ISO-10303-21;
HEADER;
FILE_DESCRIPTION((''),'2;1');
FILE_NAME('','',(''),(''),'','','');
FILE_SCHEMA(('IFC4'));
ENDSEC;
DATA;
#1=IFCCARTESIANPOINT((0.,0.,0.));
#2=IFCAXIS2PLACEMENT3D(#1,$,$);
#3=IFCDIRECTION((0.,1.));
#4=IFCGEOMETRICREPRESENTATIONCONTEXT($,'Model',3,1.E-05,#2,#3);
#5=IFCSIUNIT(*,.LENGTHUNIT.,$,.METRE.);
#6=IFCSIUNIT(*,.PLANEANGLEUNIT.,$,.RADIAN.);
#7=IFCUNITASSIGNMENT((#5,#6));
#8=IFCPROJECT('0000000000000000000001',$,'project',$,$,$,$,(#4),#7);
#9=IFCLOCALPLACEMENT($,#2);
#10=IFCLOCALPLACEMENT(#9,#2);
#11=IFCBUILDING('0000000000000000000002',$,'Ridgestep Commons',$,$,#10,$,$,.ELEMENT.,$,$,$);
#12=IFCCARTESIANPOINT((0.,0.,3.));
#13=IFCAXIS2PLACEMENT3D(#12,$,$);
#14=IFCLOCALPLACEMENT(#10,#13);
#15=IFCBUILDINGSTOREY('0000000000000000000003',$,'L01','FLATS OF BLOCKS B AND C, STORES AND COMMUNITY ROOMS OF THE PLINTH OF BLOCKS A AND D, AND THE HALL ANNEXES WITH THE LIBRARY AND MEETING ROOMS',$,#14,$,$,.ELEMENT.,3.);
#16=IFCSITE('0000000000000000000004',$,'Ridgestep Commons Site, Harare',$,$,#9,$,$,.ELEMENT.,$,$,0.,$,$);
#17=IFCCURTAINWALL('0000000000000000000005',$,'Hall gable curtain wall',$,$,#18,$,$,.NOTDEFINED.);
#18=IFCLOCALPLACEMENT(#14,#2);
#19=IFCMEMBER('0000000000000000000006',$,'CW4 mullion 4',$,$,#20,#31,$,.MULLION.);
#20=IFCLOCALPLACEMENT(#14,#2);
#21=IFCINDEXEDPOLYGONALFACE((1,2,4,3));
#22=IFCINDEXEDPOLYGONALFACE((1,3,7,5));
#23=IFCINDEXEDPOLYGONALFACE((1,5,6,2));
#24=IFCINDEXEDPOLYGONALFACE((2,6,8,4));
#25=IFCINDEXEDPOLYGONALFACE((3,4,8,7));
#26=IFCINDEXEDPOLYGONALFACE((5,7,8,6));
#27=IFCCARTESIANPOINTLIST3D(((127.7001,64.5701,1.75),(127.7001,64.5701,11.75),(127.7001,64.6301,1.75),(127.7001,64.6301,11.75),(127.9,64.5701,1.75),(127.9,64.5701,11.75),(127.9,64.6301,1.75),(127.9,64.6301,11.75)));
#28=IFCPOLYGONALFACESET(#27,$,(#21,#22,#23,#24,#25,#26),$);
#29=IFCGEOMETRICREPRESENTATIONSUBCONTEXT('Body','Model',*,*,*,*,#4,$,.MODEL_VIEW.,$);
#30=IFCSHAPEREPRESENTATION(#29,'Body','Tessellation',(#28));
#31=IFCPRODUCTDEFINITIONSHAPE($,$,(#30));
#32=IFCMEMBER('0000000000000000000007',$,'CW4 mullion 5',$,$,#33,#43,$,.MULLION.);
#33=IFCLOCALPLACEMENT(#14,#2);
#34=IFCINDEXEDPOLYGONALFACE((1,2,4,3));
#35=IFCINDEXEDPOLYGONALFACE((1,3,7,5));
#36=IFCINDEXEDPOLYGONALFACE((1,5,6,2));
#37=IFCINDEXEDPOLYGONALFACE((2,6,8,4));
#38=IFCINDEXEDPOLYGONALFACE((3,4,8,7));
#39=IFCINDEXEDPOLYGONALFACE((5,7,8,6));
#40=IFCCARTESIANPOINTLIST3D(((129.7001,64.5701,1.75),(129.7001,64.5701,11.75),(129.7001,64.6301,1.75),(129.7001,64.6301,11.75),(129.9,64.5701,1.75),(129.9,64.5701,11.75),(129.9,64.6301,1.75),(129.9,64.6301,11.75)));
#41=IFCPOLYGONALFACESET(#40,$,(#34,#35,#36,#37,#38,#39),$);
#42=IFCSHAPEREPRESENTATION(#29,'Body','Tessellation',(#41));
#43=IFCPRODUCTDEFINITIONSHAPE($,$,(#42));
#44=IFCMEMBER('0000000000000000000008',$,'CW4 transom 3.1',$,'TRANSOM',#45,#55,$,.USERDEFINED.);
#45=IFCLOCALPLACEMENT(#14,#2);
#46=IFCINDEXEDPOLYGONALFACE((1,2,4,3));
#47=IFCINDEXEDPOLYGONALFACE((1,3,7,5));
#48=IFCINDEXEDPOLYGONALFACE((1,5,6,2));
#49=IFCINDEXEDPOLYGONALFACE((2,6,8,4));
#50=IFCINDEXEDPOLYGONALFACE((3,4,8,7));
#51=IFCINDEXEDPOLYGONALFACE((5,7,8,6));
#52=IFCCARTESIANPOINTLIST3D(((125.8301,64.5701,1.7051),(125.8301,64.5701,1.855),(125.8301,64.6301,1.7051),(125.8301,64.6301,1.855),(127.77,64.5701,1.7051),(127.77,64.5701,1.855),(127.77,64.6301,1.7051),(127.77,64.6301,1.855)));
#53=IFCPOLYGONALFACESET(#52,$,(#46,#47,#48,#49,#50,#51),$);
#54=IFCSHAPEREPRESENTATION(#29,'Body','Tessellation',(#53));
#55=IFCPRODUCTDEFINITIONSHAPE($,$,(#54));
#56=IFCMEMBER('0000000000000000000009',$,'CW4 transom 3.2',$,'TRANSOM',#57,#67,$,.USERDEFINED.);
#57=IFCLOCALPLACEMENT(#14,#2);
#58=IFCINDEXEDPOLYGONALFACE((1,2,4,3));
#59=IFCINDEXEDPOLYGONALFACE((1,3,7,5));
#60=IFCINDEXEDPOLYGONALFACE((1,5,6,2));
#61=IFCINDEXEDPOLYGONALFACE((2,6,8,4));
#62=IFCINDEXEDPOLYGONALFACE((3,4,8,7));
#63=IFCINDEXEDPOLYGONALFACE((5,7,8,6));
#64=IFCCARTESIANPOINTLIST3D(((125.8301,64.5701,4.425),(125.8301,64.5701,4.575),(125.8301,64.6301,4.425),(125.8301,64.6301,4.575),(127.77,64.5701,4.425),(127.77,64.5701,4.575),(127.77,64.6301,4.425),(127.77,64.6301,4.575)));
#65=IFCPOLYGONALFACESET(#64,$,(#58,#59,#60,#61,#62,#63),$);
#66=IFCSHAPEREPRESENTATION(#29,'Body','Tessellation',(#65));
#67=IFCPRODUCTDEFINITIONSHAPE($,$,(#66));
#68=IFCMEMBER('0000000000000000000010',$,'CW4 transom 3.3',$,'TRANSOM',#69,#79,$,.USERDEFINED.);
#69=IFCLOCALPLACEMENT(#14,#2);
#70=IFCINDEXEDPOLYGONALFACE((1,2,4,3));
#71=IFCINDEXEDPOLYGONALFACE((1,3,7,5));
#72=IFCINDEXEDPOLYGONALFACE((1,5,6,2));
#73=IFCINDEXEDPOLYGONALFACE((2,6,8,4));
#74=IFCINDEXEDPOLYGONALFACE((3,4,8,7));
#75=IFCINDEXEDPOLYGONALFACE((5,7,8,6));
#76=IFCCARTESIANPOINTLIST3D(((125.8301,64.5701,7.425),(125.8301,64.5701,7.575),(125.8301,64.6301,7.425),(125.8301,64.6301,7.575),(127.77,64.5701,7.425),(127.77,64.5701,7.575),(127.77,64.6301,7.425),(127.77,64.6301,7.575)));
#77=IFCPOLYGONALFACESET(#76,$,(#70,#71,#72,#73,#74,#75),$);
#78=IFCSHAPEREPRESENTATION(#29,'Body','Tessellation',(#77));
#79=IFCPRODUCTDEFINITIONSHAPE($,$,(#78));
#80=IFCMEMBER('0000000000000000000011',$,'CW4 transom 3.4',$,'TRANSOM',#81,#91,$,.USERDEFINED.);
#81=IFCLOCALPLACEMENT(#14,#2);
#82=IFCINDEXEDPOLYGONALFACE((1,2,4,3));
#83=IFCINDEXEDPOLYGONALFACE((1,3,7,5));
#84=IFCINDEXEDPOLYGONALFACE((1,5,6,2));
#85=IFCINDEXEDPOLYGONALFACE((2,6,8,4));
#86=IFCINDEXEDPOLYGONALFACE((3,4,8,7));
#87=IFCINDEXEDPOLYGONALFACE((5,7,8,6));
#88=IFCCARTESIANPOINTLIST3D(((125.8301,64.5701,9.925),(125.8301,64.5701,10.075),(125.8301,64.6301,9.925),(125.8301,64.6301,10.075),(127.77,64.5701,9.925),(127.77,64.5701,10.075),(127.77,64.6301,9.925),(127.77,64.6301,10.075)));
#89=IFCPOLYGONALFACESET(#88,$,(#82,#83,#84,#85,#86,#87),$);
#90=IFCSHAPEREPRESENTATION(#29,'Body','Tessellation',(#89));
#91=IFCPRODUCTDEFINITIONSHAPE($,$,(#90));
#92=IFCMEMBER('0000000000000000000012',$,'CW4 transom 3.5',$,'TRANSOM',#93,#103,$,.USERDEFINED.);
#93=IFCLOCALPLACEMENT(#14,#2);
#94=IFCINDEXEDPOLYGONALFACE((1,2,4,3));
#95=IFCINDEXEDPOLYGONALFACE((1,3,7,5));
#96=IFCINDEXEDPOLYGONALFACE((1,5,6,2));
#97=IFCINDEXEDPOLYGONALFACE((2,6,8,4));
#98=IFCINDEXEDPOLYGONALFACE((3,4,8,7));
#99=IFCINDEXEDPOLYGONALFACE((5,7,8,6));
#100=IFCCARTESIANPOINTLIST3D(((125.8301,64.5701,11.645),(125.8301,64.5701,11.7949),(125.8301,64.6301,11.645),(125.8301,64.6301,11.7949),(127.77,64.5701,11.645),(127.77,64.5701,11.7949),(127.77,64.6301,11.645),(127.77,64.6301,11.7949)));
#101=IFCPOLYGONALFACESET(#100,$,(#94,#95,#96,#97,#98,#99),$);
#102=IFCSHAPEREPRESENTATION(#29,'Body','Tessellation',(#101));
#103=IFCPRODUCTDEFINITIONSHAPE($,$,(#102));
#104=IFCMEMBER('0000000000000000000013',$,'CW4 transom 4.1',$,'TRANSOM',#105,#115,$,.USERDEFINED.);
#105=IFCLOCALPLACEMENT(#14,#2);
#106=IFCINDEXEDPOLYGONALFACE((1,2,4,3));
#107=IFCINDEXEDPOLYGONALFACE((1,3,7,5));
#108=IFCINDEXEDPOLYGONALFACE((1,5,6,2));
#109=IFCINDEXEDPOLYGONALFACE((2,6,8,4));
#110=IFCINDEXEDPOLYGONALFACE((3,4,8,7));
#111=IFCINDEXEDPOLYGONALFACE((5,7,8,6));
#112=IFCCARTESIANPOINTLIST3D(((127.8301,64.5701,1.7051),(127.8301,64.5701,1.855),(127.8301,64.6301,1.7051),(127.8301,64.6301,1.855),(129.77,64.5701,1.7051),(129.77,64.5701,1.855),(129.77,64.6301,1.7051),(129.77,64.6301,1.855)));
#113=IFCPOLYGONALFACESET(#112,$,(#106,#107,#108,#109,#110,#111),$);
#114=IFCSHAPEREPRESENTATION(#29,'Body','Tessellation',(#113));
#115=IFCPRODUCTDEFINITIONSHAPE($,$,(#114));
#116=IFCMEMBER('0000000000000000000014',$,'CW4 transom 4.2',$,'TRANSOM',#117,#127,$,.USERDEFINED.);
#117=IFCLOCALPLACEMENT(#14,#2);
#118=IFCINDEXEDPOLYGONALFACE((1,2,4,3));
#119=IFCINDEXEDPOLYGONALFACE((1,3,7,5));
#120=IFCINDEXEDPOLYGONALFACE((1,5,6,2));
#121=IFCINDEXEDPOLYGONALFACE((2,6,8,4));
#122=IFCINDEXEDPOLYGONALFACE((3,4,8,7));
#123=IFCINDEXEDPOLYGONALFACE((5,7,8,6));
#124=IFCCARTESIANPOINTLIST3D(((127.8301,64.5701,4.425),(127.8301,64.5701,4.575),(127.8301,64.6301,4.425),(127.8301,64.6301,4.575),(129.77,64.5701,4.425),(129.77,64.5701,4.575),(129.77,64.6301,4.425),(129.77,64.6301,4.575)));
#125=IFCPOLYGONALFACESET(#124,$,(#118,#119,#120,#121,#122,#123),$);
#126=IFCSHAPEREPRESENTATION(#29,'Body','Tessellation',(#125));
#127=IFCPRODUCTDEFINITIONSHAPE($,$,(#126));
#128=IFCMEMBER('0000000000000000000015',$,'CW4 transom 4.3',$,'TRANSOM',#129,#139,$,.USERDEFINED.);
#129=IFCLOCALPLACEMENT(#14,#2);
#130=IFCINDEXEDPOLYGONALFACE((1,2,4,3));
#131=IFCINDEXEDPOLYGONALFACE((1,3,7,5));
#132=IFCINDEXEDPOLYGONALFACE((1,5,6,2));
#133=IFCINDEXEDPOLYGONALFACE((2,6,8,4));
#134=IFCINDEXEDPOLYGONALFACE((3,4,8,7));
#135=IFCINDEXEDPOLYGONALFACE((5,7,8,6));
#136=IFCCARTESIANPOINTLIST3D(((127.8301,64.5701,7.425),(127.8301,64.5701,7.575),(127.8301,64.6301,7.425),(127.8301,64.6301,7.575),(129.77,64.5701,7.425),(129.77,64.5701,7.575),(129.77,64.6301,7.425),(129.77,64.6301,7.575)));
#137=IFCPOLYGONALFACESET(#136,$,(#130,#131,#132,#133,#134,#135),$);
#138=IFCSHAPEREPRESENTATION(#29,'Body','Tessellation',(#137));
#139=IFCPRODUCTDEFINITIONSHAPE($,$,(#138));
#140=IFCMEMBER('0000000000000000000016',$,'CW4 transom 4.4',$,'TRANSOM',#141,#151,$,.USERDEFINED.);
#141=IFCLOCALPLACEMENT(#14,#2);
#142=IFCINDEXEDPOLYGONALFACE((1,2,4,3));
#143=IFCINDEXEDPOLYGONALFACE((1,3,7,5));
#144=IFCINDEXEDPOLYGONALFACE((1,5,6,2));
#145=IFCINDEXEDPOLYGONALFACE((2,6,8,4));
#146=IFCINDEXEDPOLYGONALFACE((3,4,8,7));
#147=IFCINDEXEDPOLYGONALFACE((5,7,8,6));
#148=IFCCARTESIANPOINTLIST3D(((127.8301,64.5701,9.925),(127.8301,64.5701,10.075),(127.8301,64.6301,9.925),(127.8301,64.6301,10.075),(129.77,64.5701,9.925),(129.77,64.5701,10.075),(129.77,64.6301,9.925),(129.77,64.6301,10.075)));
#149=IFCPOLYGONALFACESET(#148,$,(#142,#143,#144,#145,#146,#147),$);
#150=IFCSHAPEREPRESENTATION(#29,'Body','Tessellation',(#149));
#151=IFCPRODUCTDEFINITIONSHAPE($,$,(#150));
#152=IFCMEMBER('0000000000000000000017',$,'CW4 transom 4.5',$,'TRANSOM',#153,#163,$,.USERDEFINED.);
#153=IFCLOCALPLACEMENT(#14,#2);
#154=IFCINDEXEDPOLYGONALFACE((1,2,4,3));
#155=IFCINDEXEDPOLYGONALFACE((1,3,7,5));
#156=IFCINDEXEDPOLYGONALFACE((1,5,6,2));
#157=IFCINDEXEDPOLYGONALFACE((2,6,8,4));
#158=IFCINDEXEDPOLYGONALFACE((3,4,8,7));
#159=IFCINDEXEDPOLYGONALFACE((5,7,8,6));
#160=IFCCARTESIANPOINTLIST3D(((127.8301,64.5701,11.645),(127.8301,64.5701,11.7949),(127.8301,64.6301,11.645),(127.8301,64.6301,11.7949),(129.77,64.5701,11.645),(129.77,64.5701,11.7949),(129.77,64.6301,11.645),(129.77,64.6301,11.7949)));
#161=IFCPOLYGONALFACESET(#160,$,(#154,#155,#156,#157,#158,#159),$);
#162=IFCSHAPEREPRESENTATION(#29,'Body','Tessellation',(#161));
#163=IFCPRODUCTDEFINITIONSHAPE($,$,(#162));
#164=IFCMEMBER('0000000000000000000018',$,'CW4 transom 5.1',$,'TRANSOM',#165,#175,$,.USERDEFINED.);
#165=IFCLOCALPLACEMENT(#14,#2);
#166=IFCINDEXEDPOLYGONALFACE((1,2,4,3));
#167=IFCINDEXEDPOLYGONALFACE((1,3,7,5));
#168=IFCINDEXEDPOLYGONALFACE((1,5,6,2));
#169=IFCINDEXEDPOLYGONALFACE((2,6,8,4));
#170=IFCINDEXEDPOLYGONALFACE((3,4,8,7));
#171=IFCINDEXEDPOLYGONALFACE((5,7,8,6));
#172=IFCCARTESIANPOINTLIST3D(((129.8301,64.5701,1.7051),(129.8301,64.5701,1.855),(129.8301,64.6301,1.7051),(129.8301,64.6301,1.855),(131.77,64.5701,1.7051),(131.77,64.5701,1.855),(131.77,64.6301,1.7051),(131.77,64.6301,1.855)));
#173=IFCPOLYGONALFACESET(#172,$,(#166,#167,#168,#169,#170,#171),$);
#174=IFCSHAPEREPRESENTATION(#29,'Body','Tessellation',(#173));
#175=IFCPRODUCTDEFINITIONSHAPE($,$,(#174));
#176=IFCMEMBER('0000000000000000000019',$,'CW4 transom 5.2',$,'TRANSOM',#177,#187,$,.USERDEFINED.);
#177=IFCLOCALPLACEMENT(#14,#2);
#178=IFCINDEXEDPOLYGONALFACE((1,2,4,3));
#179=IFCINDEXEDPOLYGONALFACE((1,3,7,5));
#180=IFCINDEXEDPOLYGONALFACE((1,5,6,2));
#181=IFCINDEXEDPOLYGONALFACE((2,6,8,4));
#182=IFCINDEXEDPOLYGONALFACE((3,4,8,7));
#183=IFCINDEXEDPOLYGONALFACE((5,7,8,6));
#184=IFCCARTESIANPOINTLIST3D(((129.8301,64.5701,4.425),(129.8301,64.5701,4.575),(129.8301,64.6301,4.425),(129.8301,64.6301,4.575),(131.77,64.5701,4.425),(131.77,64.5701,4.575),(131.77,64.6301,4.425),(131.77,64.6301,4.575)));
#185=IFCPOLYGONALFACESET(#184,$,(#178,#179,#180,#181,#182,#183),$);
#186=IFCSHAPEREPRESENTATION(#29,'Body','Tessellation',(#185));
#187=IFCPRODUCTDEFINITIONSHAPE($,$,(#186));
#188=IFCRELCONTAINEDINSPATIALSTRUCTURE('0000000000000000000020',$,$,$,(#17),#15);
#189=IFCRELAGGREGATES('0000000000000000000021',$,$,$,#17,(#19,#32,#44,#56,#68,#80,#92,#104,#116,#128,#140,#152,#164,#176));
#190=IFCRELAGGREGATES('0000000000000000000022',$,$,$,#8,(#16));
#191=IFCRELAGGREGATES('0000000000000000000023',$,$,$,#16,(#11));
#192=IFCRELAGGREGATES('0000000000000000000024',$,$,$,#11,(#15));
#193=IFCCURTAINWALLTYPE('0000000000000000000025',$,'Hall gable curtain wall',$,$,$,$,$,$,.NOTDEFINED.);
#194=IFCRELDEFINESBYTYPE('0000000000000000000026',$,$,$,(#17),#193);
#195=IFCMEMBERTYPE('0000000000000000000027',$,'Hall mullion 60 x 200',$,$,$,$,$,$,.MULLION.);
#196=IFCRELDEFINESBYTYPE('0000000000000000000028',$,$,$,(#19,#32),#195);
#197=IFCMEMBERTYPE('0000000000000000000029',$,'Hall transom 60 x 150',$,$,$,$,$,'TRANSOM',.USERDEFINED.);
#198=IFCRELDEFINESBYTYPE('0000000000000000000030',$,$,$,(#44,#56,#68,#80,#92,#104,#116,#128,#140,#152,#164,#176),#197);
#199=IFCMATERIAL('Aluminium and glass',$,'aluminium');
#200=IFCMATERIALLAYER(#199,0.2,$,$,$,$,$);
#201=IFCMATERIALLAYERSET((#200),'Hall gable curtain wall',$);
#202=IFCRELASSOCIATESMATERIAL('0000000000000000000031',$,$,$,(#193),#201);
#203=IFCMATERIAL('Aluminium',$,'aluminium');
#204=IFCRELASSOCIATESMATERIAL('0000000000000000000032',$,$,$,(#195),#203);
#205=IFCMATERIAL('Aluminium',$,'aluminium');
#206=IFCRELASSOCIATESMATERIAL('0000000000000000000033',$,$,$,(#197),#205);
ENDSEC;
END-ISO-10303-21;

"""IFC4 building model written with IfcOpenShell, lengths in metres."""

from ifc_helpers import new_model, si_unit, direction, frame, origin, origin_2d, place, context, subcontext, project, spatial, rectangle, extrude, material, layer, layer_set, material_profile, profile_set, type_object, element, aggregate, save


model = new_model("IFC4")

# Units and contexts
model_context = context("Model", 3, precision=1e-05, world=origin(), true_north=direction((0.0, 1.0)))
body_context = subcontext(model_context, "Body", "Model", "MODEL_VIEW")
ifc_project = project(units=[si_unit("LENGTHUNIT", "METRE"), si_unit("PLANEANGLEUNIT", "RADIAN")], contexts=[model_context])

# Site, building, storey
site_placement = place(None, origin())
site = spatial("IfcSite", under=ifc_project, at=site_placement, Name="Ridgestep Commons Site, Harare", CompositionType="ELEMENT", RefElevation=0.0)
building_placement = place(site_placement, origin())
building = spatial("IfcBuilding", under=site, at=building_placement, Name="Ridgestep Commons", CompositionType="ELEMENT")
storey_placement = place(building_placement, frame((0.0, 0.0, 3.0)))
storey = spatial("IfcBuildingStorey", under=building, at=storey_placement, Name="L01", Description="FLATS OF BLOCKS B AND C, STORES AND COMMUNITY ROOMS OF THE PLINTH OF BLOCKS A AND D, AND THE HALL ANNEXES WITH THE LIBRARY AND MEETING ROOMS", CompositionType="ELEMENT", Elevation=3.0)

# Curtain wall, members
ifc_material_1 = material(Name="Aluminium and glass", Category="aluminium")
ifc_layer_1 = layer(ifc_material_1, 0.2)
ifc_layer_set_1 = layer_set([ifc_layer_1], Name="Hall gable curtain wall")
curtain_wall_type = type_object("IfcCurtainWallType", Name="Hall gable curtain wall", PredefinedType="NOTDEFINED", material=ifc_layer_set_1)
curtain_wall_placement = place(storey_placement, origin())
curtain_wall = element("IfcCurtainWall", 1, at=curtain_wall_placement, inside=storey, type_object=curtain_wall_type, Name="Hall gable curtain wall", PredefinedType="NOTDEFINED")
ifc_material_2 = material(Name="Aluminium", Category="aluminium")
ifc_material_profile_1 = material_profile(ifc_material_2, rectangle(XDim=0.0601, YDim=0.2, at=origin_2d()), Name="Hall mullion 60 x 200")
ifc_profile_set_1 = profile_set([ifc_material_profile_1], Name="Aluminium")
member_type_1 = type_object("IfcMemberType", Name="Hall mullion 60 x 200", PredefinedType="MULLION", material=ifc_profile_set_1)
member_1_placement = place(storey_placement, frame((127.8, 64.6001, 1.75), z_axis=(0.0, 0.0, 1.0), x_axis=(0.0, 1.0, 0.0)))
member_1 = element("IfcMember", 2, at=member_1_placement, type_object=member_type_1, Name="CW4 mullion 4", PredefinedType="MULLION", context=body_context, shape_type="SweptSolid", body=[
    extrude(rectangle(XDim=0.0601, YDim=0.2, at=origin_2d()), origin(), (0.0, 0.0, 1.0), 10.0),
])
member_2_placement = place(storey_placement, frame((129.8, 64.6001, 1.75), z_axis=(0.0, 0.0, 1.0), x_axis=(0.0, 1.0, 0.0)))
member_2 = element("IfcMember", 3, at=member_2_placement, type_object=member_type_1, Name="CW4 mullion 5", PredefinedType="MULLION", context=body_context, shape_type="SweptSolid", body=[
    extrude(rectangle(XDim=0.0601, YDim=0.2, at=origin_2d()), origin(), (0.0, 0.0, 1.0), 10.0),
])
ifc_material_3 = material(Name="Aluminium", Category="aluminium")
ifc_material_profile_2 = material_profile(ifc_material_3, rectangle(XDim=0.0601, YDim=0.1499, at=origin_2d()), Name="Hall transom 60 x 150")
ifc_profile_set_2 = profile_set([ifc_material_profile_2], Name="Aluminium")
member_type_2 = type_object("IfcMemberType", Name="Hall transom 60 x 150", ElementType="TRANSOM", PredefinedType="USERDEFINED", material=ifc_profile_set_2)
member_3_placement = place(storey_placement, frame((125.8301, 64.6001, 1.78), z_axis=(1.0, 0.0, 0.0), x_axis=(0.0, 1.0, 0.0)))
member_3 = element("IfcMember", 4, at=member_3_placement, type_object=member_type_2, Name="CW4 transom 3.1", ObjectType="TRANSOM", PredefinedType="USERDEFINED", context=body_context, shape_type="SweptSolid", body=[
    extrude(rectangle(XDim=0.0601, YDim=0.1499, at=origin_2d()), origin(), (0.0, 0.0, 1.0), 1.9399),
])
member_4_placement = place(storey_placement, frame((125.8301, 64.6001, 4.5), z_axis=(1.0, 0.0, 0.0), x_axis=(0.0, 1.0, 0.0)))
member_4 = element("IfcMember", 5, at=member_4_placement, type_object=member_type_2, Name="CW4 transom 3.2", ObjectType="TRANSOM", PredefinedType="USERDEFINED", context=body_context, shape_type="SweptSolid", body=[
    extrude(rectangle(XDim=0.0601, YDim=0.1499, at=origin_2d()), origin(), (0.0, 0.0, 1.0), 1.9399),
])
member_5_placement = place(storey_placement, frame((125.8301, 64.6001, 7.5), z_axis=(1.0, 0.0, 0.0), x_axis=(0.0, 1.0, 0.0)))
member_5 = element("IfcMember", 6, at=member_5_placement, type_object=member_type_2, Name="CW4 transom 3.3", ObjectType="TRANSOM", PredefinedType="USERDEFINED", context=body_context, shape_type="SweptSolid", body=[
    extrude(rectangle(XDim=0.0601, YDim=0.1499, at=origin_2d()), origin(), (0.0, 0.0, 1.0), 1.9399),
])
member_6_placement = place(storey_placement, frame((125.8301, 64.6001, 10.0), z_axis=(1.0, 0.0, 0.0), x_axis=(0.0, 1.0, 0.0)))
member_6 = element("IfcMember", 7, at=member_6_placement, type_object=member_type_2, Name="CW4 transom 3.4", ObjectType="TRANSOM", PredefinedType="USERDEFINED", context=body_context, shape_type="SweptSolid", body=[
    extrude(rectangle(XDim=0.0601, YDim=0.1499, at=origin_2d()), origin(), (0.0, 0.0, 1.0), 1.9399),
])
member_7_placement = place(storey_placement, frame((125.8301, 64.6001, 11.72), z_axis=(1.0, 0.0, 0.0), x_axis=(0.0, 1.0, 0.0)))
member_7 = element("IfcMember", 8, at=member_7_placement, type_object=member_type_2, Name="CW4 transom 3.5", ObjectType="TRANSOM", PredefinedType="USERDEFINED", context=body_context, shape_type="SweptSolid", body=[
    extrude(rectangle(XDim=0.0601, YDim=0.1499, at=origin_2d()), origin(), (0.0, 0.0, 1.0), 1.9399),
])
member_8_placement = place(storey_placement, frame((127.8301, 64.6001, 1.78), z_axis=(1.0, 0.0, 0.0), x_axis=(0.0, 1.0, 0.0)))
member_8 = element("IfcMember", 9, at=member_8_placement, type_object=member_type_2, Name="CW4 transom 4.1", ObjectType="TRANSOM", PredefinedType="USERDEFINED", context=body_context, shape_type="SweptSolid", body=[
    extrude(rectangle(XDim=0.0601, YDim=0.1499, at=origin_2d()), origin(), (0.0, 0.0, 1.0), 1.9399),
])
member_9_placement = place(storey_placement, frame((127.8301, 64.6001, 4.5), z_axis=(1.0, 0.0, 0.0), x_axis=(0.0, 1.0, 0.0)))
member_9 = element("IfcMember", 10, at=member_9_placement, type_object=member_type_2, Name="CW4 transom 4.2", ObjectType="TRANSOM", PredefinedType="USERDEFINED", context=body_context, shape_type="SweptSolid", body=[
    extrude(rectangle(XDim=0.0601, YDim=0.1499, at=origin_2d()), origin(), (0.0, 0.0, 1.0), 1.9399),
])
member_10_placement = place(storey_placement, frame((127.8301, 64.6001, 7.5), z_axis=(1.0, 0.0, 0.0), x_axis=(0.0, 1.0, 0.0)))
member_10 = element("IfcMember", 11, at=member_10_placement, type_object=member_type_2, Name="CW4 transom 4.3", ObjectType="TRANSOM", PredefinedType="USERDEFINED", context=body_context, shape_type="SweptSolid", body=[
    extrude(rectangle(XDim=0.0601, YDim=0.1499, at=origin_2d()), origin(), (0.0, 0.0, 1.0), 1.9399),
])
member_11_placement = place(storey_placement, frame((127.8301, 64.6001, 10.0), z_axis=(1.0, 0.0, 0.0), x_axis=(0.0, 1.0, 0.0)))
member_11 = element("IfcMember", 12, at=member_11_placement, type_object=member_type_2, Name="CW4 transom 4.4", ObjectType="TRANSOM", PredefinedType="USERDEFINED", context=body_context, shape_type="SweptSolid", body=[
    extrude(rectangle(XDim=0.0601, YDim=0.1499, at=origin_2d()), origin(), (0.0, 0.0, 1.0), 1.9399),
])
member_12_placement = place(storey_placement, frame((127.8301, 64.6001, 11.72), z_axis=(1.0, 0.0, 0.0), x_axis=(0.0, 1.0, 0.0)))
member_12 = element("IfcMember", 13, at=member_12_placement, type_object=member_type_2, Name="CW4 transom 4.5", ObjectType="TRANSOM", PredefinedType="USERDEFINED", context=body_context, shape_type="SweptSolid", body=[
    extrude(rectangle(XDim=0.0601, YDim=0.1499, at=origin_2d()), origin(), (0.0, 0.0, 1.0), 1.9399),
])
member_13_placement = place(storey_placement, frame((129.8301, 64.6001, 1.78), z_axis=(1.0, 0.0, 0.0), x_axis=(0.0, 1.0, 0.0)))
member_13 = element("IfcMember", 14, at=member_13_placement, type_object=member_type_2, Name="CW4 transom 5.1", ObjectType="TRANSOM", PredefinedType="USERDEFINED", context=body_context, shape_type="SweptSolid", body=[
    extrude(rectangle(XDim=0.0601, YDim=0.1499, at=origin_2d()), origin(), (0.0, 0.0, 1.0), 1.9399),
])
member_14_placement = place(storey_placement, frame((129.8301, 64.6001, 4.5), z_axis=(1.0, 0.0, 0.0), x_axis=(0.0, 1.0, 0.0)))
member_14 = element("IfcMember", 15, at=member_14_placement, type_object=member_type_2, Name="CW4 transom 5.2", ObjectType="TRANSOM", PredefinedType="USERDEFINED", context=body_context, shape_type="SweptSolid", body=[
    extrude(rectangle(XDim=0.0601, YDim=0.1499, at=origin_2d()), origin(), (0.0, 0.0, 1.0), 1.9399),
])
aggregate(curtain_wall, [member_1, member_2, member_3, member_4, member_5, member_6, member_7, member_8, member_9, member_10, member_11, member_12, member_13, member_14])

save(model, "model.ifc")
